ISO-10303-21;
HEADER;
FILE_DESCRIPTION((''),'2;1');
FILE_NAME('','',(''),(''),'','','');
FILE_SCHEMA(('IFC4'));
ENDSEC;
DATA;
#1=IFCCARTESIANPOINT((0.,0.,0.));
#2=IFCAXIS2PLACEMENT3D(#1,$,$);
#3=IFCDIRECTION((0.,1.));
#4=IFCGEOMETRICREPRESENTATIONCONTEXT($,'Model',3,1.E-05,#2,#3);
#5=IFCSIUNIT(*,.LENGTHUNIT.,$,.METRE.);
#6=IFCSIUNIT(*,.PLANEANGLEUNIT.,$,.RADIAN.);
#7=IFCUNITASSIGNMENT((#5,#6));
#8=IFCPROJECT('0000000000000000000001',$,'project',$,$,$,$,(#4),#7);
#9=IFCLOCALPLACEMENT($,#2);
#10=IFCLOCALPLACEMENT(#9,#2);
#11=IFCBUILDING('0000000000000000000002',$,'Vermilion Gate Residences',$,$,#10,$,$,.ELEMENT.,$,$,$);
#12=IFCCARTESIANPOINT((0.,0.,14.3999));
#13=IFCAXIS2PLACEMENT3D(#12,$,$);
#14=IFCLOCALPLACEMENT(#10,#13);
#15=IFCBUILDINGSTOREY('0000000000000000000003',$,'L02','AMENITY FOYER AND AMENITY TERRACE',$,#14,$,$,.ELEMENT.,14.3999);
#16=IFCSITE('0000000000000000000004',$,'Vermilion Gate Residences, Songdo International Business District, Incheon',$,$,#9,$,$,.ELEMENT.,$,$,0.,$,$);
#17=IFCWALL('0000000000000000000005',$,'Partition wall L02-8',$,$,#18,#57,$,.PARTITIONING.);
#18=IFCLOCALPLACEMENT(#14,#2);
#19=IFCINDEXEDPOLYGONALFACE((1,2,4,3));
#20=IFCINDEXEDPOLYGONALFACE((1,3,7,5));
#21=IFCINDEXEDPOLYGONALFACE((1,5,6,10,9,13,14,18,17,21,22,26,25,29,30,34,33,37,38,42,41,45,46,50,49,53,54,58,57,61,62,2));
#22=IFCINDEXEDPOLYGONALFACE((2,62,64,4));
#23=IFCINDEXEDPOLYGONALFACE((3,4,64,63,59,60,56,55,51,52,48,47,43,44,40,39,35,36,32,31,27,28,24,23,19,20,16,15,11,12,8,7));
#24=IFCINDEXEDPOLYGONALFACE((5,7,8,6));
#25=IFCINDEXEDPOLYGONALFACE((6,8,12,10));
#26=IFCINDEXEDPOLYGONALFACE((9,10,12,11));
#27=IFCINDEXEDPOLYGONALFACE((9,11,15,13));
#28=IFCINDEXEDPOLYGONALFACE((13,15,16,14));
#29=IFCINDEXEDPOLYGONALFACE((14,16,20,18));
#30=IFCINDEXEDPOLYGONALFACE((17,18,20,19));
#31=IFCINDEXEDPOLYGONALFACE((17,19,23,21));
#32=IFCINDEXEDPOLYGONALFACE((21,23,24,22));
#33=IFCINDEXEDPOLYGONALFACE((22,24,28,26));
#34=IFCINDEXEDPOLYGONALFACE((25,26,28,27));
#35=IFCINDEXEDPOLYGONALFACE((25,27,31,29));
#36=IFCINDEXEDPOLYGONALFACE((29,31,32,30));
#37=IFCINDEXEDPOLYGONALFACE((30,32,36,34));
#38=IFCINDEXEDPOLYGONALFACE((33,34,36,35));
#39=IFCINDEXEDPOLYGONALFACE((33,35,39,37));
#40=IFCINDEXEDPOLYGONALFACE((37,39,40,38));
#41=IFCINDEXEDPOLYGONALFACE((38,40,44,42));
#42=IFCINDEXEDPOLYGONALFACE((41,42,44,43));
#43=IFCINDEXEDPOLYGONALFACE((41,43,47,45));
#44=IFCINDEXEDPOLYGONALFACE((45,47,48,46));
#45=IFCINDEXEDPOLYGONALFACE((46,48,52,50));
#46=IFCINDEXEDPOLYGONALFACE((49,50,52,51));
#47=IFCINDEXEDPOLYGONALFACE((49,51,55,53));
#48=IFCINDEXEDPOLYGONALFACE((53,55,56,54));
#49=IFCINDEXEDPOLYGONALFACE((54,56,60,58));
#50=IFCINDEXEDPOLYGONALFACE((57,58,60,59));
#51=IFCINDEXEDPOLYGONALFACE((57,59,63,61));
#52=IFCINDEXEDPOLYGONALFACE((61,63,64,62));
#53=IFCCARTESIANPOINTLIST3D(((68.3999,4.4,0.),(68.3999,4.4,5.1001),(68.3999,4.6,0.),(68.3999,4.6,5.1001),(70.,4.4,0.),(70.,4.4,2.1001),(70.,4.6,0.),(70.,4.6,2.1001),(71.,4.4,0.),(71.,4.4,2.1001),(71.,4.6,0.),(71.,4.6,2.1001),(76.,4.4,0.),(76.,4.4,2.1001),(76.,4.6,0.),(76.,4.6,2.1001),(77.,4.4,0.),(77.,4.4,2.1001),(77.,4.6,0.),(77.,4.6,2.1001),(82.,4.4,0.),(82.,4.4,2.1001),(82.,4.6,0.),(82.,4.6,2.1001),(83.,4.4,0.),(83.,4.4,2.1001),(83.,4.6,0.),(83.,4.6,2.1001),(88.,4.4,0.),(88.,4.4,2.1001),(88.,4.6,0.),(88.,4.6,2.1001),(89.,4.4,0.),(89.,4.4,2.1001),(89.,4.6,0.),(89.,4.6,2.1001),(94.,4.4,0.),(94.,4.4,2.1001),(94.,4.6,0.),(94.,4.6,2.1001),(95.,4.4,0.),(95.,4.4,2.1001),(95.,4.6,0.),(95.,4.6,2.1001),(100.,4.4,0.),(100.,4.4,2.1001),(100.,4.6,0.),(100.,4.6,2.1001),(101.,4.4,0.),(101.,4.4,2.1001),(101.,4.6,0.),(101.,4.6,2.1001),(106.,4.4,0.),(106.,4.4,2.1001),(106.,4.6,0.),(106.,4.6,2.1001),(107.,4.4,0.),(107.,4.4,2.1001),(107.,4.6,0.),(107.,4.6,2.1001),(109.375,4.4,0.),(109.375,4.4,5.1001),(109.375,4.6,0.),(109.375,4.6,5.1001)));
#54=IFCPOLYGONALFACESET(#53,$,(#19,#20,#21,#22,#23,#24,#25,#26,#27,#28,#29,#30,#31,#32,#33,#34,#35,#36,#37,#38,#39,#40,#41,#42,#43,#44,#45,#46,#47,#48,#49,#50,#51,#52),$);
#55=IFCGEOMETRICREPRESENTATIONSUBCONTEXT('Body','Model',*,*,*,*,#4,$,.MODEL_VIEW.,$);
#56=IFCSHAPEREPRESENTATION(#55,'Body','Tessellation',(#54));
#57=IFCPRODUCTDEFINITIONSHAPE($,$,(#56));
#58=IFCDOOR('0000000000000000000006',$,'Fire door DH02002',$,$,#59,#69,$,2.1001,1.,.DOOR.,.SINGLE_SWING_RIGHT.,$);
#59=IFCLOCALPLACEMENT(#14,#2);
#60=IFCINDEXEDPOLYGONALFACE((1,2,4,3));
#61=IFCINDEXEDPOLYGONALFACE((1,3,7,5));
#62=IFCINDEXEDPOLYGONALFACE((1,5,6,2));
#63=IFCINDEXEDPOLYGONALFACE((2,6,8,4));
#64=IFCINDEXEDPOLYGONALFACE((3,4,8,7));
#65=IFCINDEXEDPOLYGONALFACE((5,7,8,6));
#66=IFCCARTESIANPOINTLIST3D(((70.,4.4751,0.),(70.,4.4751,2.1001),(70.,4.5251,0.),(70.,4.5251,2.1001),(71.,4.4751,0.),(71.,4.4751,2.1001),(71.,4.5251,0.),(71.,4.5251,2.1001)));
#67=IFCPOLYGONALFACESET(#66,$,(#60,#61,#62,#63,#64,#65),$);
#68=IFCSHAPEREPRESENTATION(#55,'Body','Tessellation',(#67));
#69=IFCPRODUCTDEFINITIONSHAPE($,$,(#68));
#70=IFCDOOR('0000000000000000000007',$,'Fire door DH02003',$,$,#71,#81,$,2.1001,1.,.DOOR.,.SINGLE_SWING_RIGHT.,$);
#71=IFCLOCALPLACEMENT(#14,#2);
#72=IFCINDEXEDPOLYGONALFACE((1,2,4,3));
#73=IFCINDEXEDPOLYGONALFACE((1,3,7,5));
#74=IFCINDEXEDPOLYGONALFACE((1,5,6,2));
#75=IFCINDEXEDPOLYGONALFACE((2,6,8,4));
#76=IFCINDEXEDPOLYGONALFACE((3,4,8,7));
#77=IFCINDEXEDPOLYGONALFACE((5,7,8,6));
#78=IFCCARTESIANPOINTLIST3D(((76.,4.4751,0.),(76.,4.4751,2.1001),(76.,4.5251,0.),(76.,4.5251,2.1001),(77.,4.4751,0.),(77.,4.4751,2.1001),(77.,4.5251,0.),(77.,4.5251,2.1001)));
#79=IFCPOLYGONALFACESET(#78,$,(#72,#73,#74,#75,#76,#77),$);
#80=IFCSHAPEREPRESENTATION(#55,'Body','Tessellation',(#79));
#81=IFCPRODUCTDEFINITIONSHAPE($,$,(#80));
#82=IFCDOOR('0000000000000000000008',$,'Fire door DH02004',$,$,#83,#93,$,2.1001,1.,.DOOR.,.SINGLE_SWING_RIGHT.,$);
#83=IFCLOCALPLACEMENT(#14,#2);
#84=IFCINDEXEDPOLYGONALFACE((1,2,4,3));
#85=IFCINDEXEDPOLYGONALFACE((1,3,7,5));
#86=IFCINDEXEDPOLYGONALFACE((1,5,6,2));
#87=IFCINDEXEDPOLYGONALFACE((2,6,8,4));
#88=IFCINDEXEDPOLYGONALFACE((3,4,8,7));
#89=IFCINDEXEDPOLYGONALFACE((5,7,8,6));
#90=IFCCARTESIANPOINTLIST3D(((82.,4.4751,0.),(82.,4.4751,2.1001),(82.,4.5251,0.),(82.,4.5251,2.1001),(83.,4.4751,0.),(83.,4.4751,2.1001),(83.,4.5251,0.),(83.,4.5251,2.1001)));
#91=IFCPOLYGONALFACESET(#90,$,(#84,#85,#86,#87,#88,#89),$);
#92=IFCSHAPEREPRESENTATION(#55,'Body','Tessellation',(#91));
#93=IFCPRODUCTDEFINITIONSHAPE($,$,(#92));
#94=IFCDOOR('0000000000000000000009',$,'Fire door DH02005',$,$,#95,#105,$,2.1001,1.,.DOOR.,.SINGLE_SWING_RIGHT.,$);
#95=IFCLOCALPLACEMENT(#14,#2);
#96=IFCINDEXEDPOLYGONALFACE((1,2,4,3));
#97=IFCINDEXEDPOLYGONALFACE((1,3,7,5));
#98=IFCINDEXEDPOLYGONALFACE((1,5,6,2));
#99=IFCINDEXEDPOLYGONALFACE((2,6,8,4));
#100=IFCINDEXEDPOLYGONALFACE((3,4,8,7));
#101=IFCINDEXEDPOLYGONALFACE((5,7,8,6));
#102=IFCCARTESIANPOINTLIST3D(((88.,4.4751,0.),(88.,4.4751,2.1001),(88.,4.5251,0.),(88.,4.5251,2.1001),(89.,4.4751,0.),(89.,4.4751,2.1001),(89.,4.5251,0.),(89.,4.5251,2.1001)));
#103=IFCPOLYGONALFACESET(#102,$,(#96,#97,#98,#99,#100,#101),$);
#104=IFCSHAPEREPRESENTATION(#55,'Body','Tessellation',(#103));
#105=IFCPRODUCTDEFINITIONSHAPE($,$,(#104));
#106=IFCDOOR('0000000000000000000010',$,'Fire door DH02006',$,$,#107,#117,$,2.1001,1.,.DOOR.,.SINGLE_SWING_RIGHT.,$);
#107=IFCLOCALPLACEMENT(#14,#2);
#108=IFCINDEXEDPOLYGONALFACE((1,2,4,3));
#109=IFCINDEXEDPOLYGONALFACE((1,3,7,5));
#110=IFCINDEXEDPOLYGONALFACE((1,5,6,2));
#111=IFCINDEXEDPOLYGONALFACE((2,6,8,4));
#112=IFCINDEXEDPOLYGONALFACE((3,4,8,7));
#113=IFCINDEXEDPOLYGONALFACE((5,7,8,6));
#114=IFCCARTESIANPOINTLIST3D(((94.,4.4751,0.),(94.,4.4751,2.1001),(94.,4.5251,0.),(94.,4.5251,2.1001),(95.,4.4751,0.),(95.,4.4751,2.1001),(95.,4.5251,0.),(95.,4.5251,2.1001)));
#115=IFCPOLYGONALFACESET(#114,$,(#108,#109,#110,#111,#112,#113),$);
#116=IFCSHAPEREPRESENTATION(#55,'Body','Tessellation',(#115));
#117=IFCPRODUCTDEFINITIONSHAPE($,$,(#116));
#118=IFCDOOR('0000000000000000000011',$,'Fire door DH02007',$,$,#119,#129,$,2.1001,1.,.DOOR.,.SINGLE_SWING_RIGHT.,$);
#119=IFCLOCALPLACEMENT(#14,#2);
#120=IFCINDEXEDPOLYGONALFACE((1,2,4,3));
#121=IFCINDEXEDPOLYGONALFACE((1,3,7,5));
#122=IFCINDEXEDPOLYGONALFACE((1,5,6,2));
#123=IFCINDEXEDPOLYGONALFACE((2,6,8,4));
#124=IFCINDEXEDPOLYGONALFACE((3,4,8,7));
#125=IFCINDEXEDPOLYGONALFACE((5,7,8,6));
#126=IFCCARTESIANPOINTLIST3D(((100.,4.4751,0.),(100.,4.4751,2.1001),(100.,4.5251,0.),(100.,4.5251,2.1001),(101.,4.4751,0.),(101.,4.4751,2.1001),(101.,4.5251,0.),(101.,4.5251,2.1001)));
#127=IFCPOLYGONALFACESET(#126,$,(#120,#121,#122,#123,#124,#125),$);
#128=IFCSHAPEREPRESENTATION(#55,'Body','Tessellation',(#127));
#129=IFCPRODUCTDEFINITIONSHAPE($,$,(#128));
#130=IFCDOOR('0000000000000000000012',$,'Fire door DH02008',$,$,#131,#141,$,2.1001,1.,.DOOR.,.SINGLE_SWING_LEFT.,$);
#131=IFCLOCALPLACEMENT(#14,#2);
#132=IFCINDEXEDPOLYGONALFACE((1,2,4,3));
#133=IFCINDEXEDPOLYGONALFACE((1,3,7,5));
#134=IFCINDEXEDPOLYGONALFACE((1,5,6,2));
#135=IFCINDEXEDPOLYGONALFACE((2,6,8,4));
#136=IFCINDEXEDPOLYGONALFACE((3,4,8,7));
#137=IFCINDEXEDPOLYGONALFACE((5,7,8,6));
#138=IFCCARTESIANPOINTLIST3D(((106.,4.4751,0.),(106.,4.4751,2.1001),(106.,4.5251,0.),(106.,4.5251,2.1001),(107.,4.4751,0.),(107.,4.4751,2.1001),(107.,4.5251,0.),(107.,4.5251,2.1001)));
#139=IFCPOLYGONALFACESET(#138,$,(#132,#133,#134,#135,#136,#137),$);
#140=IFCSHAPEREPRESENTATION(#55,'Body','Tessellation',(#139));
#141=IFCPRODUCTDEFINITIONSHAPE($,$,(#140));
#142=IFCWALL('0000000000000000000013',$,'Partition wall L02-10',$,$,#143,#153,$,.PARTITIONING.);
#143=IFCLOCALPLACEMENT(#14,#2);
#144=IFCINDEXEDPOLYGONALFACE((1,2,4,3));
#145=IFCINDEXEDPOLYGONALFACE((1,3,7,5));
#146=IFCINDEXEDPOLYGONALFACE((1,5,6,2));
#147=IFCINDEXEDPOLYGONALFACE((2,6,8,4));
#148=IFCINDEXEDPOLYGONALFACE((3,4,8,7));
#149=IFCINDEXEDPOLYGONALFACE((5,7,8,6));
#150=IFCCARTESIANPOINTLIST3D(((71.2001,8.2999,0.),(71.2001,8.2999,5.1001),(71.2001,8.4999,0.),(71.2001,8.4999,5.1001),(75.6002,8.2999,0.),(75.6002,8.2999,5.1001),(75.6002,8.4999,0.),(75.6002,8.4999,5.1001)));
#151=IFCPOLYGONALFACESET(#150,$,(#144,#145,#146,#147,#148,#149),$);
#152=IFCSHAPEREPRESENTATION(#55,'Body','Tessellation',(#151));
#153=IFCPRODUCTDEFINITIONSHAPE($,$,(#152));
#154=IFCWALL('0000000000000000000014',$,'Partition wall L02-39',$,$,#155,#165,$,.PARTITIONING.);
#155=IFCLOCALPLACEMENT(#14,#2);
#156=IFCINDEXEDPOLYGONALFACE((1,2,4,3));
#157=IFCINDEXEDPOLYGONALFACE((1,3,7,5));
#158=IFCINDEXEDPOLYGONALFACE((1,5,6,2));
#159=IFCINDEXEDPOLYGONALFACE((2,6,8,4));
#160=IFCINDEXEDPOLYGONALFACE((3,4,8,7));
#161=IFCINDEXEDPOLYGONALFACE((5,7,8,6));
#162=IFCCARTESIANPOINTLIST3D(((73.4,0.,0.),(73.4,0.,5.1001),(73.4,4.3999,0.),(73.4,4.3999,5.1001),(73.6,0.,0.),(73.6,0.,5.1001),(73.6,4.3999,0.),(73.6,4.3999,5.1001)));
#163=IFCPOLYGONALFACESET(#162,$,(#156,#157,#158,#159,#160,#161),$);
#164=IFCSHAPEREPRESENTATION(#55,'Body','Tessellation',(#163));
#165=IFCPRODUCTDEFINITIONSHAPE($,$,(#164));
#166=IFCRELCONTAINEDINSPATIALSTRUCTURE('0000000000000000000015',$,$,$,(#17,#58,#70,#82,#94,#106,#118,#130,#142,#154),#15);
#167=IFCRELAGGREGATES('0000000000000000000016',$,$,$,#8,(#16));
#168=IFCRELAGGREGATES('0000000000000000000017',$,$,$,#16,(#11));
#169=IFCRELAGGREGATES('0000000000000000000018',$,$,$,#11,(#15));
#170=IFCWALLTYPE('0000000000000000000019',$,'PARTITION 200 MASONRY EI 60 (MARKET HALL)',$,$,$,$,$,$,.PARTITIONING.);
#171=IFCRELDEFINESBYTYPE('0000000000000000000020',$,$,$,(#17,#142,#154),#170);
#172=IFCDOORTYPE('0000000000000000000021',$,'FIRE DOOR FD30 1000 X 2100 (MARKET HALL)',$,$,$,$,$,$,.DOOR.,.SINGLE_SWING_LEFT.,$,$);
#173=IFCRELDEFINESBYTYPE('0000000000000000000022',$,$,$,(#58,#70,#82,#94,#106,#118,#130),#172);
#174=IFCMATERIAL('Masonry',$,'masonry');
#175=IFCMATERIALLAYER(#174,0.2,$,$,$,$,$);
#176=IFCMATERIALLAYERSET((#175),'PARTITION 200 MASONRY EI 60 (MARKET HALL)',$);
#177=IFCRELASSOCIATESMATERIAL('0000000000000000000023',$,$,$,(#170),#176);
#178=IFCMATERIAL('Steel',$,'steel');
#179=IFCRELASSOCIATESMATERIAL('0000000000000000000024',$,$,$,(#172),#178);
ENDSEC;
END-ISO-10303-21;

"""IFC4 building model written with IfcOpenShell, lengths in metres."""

from ifc_helpers import new_model, si_unit, direction, frame, frame_2d, origin, place, context, subcontext, project, spatial, rectangle, extrude, material, layer, layer_set, type_object, element, fill, save


model = new_model("IFC4")

# Units and contexts
model_context = context("Model", 3, precision=1e-05, world=origin(), true_north=direction((0.0, 1.0)))
body_context = subcontext(model_context, "Body", "Model", "MODEL_VIEW")
ifc_project = project(units=[si_unit("LENGTHUNIT", "METRE"), si_unit("PLANEANGLEUNIT", "RADIAN")], contexts=[model_context])

# Site, building, storey
site_placement = place(None, origin())
site = spatial("IfcSite", under=ifc_project, at=site_placement, Name="Vermilion Gate Residences, Songdo International Business District, Incheon", CompositionType="ELEMENT", RefElevation=0.0)
building_placement = place(site_placement, origin())
building = spatial("IfcBuilding", under=site, at=building_placement, Name="Vermilion Gate Residences", CompositionType="ELEMENT")
storey_placement = place(building_placement, frame((0.0, 0.0, 14.3999)))
storey = spatial("IfcBuildingStorey", under=building, at=storey_placement, Name="L02", Description="AMENITY FOYER AND AMENITY TERRACE", CompositionType="ELEMENT", Elevation=14.3999)

# Wall, openings, doors
ifc_material_1 = material(Name="Masonry", Category="masonry")
ifc_layer_1 = layer(ifc_material_1, 0.2)
ifc_layer_set_1 = layer_set([ifc_layer_1], Name="PARTITION 200 MASONRY EI 60 (MARKET HALL)")
wall_type_1 = type_object("IfcWallType", Name="PARTITION 200 MASONRY EI 60 (MARKET HALL)", PredefinedType="PARTITIONING", material=ifc_layer_set_1)
wall_1_placement = place(storey_placement, frame((68.3999, 4.5, 0.0), z_axis=(0.0, 0.0, 1.0), x_axis=(1.0, 0.0, 0.0)))
wall_1 = element("IfcWall", 1, at=wall_1_placement, inside=storey, type_object=wall_type_1, Name="Partition wall L02-8", PredefinedType="PARTITIONING", context=body_context, shape_type="SweptSolid", body=[
    extrude(rectangle(XDim=40.9751, YDim=0.2, at=frame_2d((20.4875, 0.0))), origin(), (0.0, 0.0, 1.0), 5.1001),
])
opening_1_placement = place(wall_1_placement, frame((1.6001, 0.0, 0.0)))
opening_1 = element("IfcOpeningElement", 2, at=opening_1_placement, cuts=wall_1, PredefinedType="OPENING", context=body_context, shape_type="SweptSolid", body=[
    extrude(rectangle(XDim=1.0, YDim=2.1001, at=frame_2d((0.5, 1.05))), frame((0.0, 0.1099, 0.0), z_axis=(0.0, -1.0, 0.0), x_axis=(1.0, 0.0, 0.0)), (0.0, 0.0, 1.0), 0.22),
])
opening_2_placement = place(wall_1_placement, frame((7.6001, 0.0, 0.0)))
opening_2 = element("IfcOpeningElement", 3, at=opening_2_placement, cuts=wall_1, PredefinedType="OPENING", context=body_context, shape_type="SweptSolid", body=[
    extrude(rectangle(XDim=1.0, YDim=2.1001, at=frame_2d((0.5, 1.05))), frame((0.0, 0.1099, 0.0), z_axis=(0.0, -1.0, 0.0), x_axis=(1.0, 0.0, 0.0)), (0.0, 0.0, 1.0), 0.22),
])
opening_3_placement = place(wall_1_placement, frame((13.6001, 0.0, 0.0)))
opening_3 = element("IfcOpeningElement", 4, at=opening_3_placement, cuts=wall_1, PredefinedType="OPENING", context=body_context, shape_type="SweptSolid", body=[
    extrude(rectangle(XDim=1.0, YDim=2.1001, at=frame_2d((0.5, 1.05))), frame((0.0, 0.1099, 0.0), z_axis=(0.0, -1.0, 0.0), x_axis=(1.0, 0.0, 0.0)), (0.0, 0.0, 1.0), 0.22),
])
opening_4_placement = place(wall_1_placement, frame((19.6001, 0.0, 0.0)))
opening_4 = element("IfcOpeningElement", 5, at=opening_4_placement, cuts=wall_1, PredefinedType="OPENING", context=body_context, shape_type="SweptSolid", body=[
    extrude(rectangle(XDim=1.0, YDim=2.1001, at=frame_2d((0.5, 1.05))), frame((0.0, 0.1099, 0.0), z_axis=(0.0, -1.0, 0.0), x_axis=(1.0, 0.0, 0.0)), (0.0, 0.0, 1.0), 0.22),
])
opening_5_placement = place(wall_1_placement, frame((25.6001, 0.0, 0.0)))
opening_5 = element("IfcOpeningElement", 6, at=opening_5_placement, cuts=wall_1, PredefinedType="OPENING", context=body_context, shape_type="SweptSolid", body=[
    extrude(rectangle(XDim=1.0, YDim=2.1001, at=frame_2d((0.5, 1.05))), frame((0.0, 0.1099, 0.0), z_axis=(0.0, -1.0, 0.0), x_axis=(1.0, 0.0, 0.0)), (0.0, 0.0, 1.0), 0.22),
])
opening_6_placement = place(wall_1_placement, frame((31.6001, 0.0, 0.0)))
opening_6 = element("IfcOpeningElement", 7, at=opening_6_placement, cuts=wall_1, PredefinedType="OPENING", context=body_context, shape_type="SweptSolid", body=[
    extrude(rectangle(XDim=1.0, YDim=2.1001, at=frame_2d((0.5, 1.05))), frame((0.0, 0.1099, 0.0), z_axis=(0.0, -1.0, 0.0), x_axis=(1.0, 0.0, 0.0)), (0.0, 0.0, 1.0), 0.22),
])
opening_7_placement = place(wall_1_placement, frame((37.6001, 0.0, 0.0)))
opening_7 = element("IfcOpeningElement", 8, at=opening_7_placement, cuts=wall_1, PredefinedType="OPENING", context=body_context, shape_type="SweptSolid", body=[
    extrude(rectangle(XDim=1.0, YDim=2.1001, at=frame_2d((0.5, 1.05))), frame((0.0, 0.1099, 0.0), z_axis=(0.0, -1.0, 0.0), x_axis=(1.0, 0.0, 0.0)), (0.0, 0.0, 1.0), 0.22),
])
ifc_material_2 = material(Name="Steel", Category="steel")
door_type = type_object("IfcDoorType", Name="FIRE DOOR FD30 1000 X 2100 (MARKET HALL)", OperationType="SINGLE_SWING_LEFT", PredefinedType="DOOR", material=ifc_material_2)
door_1_placement = place(opening_1_placement, frame((1.0, 0.0, 0.0), z_axis=(0.0, 0.0, 1.0), x_axis=(-1.0, 0.0, 0.0)))
door_1 = element("IfcDoor", 9, at=door_1_placement, inside=storey, type_object=door_type, Name="Fire door DH02002", OperationType="SINGLE_SWING_RIGHT", OverallHeight=2.1001, OverallWidth=1.0, PredefinedType="DOOR", context=body_context, shape_type="SweptSolid", body=[
    extrude(rectangle(XDim=1.0, YDim=2.1001, at=frame_2d((0.5, 1.05))), frame((0.0, 0.0249, 0.0), z_axis=(0.0, -1.0, 0.0), x_axis=(1.0, 0.0, 0.0)), (0.0, 0.0, 1.0), 0.05),
])
fill(opening_1, door_1)
door_2_placement = place(opening_2_placement, frame((1.0, 0.0, 0.0), z_axis=(0.0, 0.0, 1.0), x_axis=(-1.0, 0.0, 0.0)))
door_2 = element("IfcDoor", 10, at=door_2_placement, inside=storey, type_object=door_type, Name="Fire door DH02003", OperationType="SINGLE_SWING_RIGHT", OverallHeight=2.1001, OverallWidth=1.0, PredefinedType="DOOR", context=body_context, shape_type="SweptSolid", body=[
    extrude(rectangle(XDim=1.0, YDim=2.1001, at=frame_2d((0.5, 1.05))), frame((0.0, 0.0249, 0.0), z_axis=(0.0, -1.0, 0.0), x_axis=(1.0, 0.0, 0.0)), (0.0, 0.0, 1.0), 0.05),
])
fill(opening_2, door_2)
door_3_placement = place(opening_3_placement, frame((1.0, 0.0, 0.0), z_axis=(0.0, 0.0, 1.0), x_axis=(-1.0, 0.0, 0.0)))
door_3 = element("IfcDoor", 11, at=door_3_placement, inside=storey, type_object=door_type, Name="Fire door DH02004", OperationType="SINGLE_SWING_RIGHT", OverallHeight=2.1001, OverallWidth=1.0, PredefinedType="DOOR", context=body_context, shape_type="SweptSolid", body=[
    extrude(rectangle(XDim=1.0, YDim=2.1001, at=frame_2d((0.5, 1.05))), frame((0.0, 0.0249, 0.0), z_axis=(0.0, -1.0, 0.0), x_axis=(1.0, 0.0, 0.0)), (0.0, 0.0, 1.0), 0.05),
])
fill(opening_3, door_3)
door_4_placement = place(opening_4_placement, frame((1.0, 0.0, 0.0), z_axis=(0.0, 0.0, 1.0), x_axis=(-1.0, 0.0, 0.0)))
door_4 = element("IfcDoor", 12, at=door_4_placement, inside=storey, type_object=door_type, Name="Fire door DH02005", OperationType="SINGLE_SWING_RIGHT", OverallHeight=2.1001, OverallWidth=1.0, PredefinedType="DOOR", context=body_context, shape_type="SweptSolid", body=[
    extrude(rectangle(XDim=1.0, YDim=2.1001, at=frame_2d((0.5, 1.05))), frame((0.0, 0.0249, 0.0), z_axis=(0.0, -1.0, 0.0), x_axis=(1.0, 0.0, 0.0)), (0.0, 0.0, 1.0), 0.05),
])
fill(opening_4, door_4)
door_5_placement = place(opening_5_placement, frame((1.0, 0.0, 0.0), z_axis=(0.0, 0.0, 1.0), x_axis=(-1.0, 0.0, 0.0)))
door_5 = element("IfcDoor", 13, at=door_5_placement, inside=storey, type_object=door_type, Name="Fire door DH02006", OperationType="SINGLE_SWING_RIGHT", OverallHeight=2.1001, OverallWidth=1.0, PredefinedType="DOOR", context=body_context, shape_type="SweptSolid", body=[
    extrude(rectangle(XDim=1.0, YDim=2.1001, at=frame_2d((0.5, 1.05))), frame((0.0, 0.0249, 0.0), z_axis=(0.0, -1.0, 0.0), x_axis=(1.0, 0.0, 0.0)), (0.0, 0.0, 1.0), 0.05),
])
fill(opening_5, door_5)
door_6_placement = place(opening_6_placement, frame((1.0, 0.0, 0.0), z_axis=(0.0, 0.0, 1.0), x_axis=(-1.0, 0.0, 0.0)))
door_6 = element("IfcDoor", 14, at=door_6_placement, inside=storey, type_object=door_type, Name="Fire door DH02007", OperationType="SINGLE_SWING_RIGHT", OverallHeight=2.1001, OverallWidth=1.0, PredefinedType="DOOR", context=body_context, shape_type="SweptSolid", body=[
    extrude(rectangle(XDim=1.0, YDim=2.1001, at=frame_2d((0.5, 1.05))), frame((0.0, 0.0249, 0.0), z_axis=(0.0, -1.0, 0.0), x_axis=(1.0, 0.0, 0.0)), (0.0, 0.0, 1.0), 0.05),
])
fill(opening_6, door_6)
door_7_placement = place(opening_7_placement, frame((1.0, 0.0, 0.0), z_axis=(0.0, 0.0, 1.0), x_axis=(-1.0, 0.0, 0.0)))
door_7 = element("IfcDoor", 15, at=door_7_placement, inside=storey, type_object=door_type, Name="Fire door DH02008", OperationType="SINGLE_SWING_LEFT", OverallHeight=2.1001, OverallWidth=1.0, PredefinedType="DOOR", context=body_context, shape_type="SweptSolid", body=[
    extrude(rectangle(XDim=1.0, YDim=2.1001, at=frame_2d((0.5, 1.05))), frame((0.0, 0.0249, 0.0), z_axis=(0.0, -1.0, 0.0), x_axis=(1.0, 0.0, 0.0)), (0.0, 0.0, 1.0), 0.05),
])
fill(opening_7, door_7)

# Walls
wall_2_placement = place(storey_placement, frame((71.2, 8.3999, 0.0), z_axis=(0.0, 0.0, 1.0), x_axis=(1.0, 0.0, 0.0)))
element("IfcWall", 16, at=wall_2_placement, inside=storey, type_object=wall_type_1, Name="Partition wall L02-10", PredefinedType="PARTITIONING", context=body_context, shape_type="SweptSolid", body=[
    extrude(rectangle(XDim=4.4001, YDim=0.2, at=frame_2d((2.2002, 0.0))), origin(), (0.0, 0.0, 1.0), 5.1001),
])
wall_3_placement = place(storey_placement, frame((73.5, 0.0, 0.0), z_axis=(0.0, 0.0, 1.0), x_axis=(0.0, 1.0, 0.0)))
element("IfcWall", 17, at=wall_3_placement, inside=storey, type_object=wall_type_1, Name="Partition wall L02-39", PredefinedType="PARTITIONING", context=body_context, shape_type="SweptSolid", body=[
    extrude(rectangle(XDim=4.3999, YDim=0.2, at=frame_2d((2.2, 0.0))), origin(), (0.0, 0.0, 1.0), 5.1001),
])

save(model, "model.ifc")
